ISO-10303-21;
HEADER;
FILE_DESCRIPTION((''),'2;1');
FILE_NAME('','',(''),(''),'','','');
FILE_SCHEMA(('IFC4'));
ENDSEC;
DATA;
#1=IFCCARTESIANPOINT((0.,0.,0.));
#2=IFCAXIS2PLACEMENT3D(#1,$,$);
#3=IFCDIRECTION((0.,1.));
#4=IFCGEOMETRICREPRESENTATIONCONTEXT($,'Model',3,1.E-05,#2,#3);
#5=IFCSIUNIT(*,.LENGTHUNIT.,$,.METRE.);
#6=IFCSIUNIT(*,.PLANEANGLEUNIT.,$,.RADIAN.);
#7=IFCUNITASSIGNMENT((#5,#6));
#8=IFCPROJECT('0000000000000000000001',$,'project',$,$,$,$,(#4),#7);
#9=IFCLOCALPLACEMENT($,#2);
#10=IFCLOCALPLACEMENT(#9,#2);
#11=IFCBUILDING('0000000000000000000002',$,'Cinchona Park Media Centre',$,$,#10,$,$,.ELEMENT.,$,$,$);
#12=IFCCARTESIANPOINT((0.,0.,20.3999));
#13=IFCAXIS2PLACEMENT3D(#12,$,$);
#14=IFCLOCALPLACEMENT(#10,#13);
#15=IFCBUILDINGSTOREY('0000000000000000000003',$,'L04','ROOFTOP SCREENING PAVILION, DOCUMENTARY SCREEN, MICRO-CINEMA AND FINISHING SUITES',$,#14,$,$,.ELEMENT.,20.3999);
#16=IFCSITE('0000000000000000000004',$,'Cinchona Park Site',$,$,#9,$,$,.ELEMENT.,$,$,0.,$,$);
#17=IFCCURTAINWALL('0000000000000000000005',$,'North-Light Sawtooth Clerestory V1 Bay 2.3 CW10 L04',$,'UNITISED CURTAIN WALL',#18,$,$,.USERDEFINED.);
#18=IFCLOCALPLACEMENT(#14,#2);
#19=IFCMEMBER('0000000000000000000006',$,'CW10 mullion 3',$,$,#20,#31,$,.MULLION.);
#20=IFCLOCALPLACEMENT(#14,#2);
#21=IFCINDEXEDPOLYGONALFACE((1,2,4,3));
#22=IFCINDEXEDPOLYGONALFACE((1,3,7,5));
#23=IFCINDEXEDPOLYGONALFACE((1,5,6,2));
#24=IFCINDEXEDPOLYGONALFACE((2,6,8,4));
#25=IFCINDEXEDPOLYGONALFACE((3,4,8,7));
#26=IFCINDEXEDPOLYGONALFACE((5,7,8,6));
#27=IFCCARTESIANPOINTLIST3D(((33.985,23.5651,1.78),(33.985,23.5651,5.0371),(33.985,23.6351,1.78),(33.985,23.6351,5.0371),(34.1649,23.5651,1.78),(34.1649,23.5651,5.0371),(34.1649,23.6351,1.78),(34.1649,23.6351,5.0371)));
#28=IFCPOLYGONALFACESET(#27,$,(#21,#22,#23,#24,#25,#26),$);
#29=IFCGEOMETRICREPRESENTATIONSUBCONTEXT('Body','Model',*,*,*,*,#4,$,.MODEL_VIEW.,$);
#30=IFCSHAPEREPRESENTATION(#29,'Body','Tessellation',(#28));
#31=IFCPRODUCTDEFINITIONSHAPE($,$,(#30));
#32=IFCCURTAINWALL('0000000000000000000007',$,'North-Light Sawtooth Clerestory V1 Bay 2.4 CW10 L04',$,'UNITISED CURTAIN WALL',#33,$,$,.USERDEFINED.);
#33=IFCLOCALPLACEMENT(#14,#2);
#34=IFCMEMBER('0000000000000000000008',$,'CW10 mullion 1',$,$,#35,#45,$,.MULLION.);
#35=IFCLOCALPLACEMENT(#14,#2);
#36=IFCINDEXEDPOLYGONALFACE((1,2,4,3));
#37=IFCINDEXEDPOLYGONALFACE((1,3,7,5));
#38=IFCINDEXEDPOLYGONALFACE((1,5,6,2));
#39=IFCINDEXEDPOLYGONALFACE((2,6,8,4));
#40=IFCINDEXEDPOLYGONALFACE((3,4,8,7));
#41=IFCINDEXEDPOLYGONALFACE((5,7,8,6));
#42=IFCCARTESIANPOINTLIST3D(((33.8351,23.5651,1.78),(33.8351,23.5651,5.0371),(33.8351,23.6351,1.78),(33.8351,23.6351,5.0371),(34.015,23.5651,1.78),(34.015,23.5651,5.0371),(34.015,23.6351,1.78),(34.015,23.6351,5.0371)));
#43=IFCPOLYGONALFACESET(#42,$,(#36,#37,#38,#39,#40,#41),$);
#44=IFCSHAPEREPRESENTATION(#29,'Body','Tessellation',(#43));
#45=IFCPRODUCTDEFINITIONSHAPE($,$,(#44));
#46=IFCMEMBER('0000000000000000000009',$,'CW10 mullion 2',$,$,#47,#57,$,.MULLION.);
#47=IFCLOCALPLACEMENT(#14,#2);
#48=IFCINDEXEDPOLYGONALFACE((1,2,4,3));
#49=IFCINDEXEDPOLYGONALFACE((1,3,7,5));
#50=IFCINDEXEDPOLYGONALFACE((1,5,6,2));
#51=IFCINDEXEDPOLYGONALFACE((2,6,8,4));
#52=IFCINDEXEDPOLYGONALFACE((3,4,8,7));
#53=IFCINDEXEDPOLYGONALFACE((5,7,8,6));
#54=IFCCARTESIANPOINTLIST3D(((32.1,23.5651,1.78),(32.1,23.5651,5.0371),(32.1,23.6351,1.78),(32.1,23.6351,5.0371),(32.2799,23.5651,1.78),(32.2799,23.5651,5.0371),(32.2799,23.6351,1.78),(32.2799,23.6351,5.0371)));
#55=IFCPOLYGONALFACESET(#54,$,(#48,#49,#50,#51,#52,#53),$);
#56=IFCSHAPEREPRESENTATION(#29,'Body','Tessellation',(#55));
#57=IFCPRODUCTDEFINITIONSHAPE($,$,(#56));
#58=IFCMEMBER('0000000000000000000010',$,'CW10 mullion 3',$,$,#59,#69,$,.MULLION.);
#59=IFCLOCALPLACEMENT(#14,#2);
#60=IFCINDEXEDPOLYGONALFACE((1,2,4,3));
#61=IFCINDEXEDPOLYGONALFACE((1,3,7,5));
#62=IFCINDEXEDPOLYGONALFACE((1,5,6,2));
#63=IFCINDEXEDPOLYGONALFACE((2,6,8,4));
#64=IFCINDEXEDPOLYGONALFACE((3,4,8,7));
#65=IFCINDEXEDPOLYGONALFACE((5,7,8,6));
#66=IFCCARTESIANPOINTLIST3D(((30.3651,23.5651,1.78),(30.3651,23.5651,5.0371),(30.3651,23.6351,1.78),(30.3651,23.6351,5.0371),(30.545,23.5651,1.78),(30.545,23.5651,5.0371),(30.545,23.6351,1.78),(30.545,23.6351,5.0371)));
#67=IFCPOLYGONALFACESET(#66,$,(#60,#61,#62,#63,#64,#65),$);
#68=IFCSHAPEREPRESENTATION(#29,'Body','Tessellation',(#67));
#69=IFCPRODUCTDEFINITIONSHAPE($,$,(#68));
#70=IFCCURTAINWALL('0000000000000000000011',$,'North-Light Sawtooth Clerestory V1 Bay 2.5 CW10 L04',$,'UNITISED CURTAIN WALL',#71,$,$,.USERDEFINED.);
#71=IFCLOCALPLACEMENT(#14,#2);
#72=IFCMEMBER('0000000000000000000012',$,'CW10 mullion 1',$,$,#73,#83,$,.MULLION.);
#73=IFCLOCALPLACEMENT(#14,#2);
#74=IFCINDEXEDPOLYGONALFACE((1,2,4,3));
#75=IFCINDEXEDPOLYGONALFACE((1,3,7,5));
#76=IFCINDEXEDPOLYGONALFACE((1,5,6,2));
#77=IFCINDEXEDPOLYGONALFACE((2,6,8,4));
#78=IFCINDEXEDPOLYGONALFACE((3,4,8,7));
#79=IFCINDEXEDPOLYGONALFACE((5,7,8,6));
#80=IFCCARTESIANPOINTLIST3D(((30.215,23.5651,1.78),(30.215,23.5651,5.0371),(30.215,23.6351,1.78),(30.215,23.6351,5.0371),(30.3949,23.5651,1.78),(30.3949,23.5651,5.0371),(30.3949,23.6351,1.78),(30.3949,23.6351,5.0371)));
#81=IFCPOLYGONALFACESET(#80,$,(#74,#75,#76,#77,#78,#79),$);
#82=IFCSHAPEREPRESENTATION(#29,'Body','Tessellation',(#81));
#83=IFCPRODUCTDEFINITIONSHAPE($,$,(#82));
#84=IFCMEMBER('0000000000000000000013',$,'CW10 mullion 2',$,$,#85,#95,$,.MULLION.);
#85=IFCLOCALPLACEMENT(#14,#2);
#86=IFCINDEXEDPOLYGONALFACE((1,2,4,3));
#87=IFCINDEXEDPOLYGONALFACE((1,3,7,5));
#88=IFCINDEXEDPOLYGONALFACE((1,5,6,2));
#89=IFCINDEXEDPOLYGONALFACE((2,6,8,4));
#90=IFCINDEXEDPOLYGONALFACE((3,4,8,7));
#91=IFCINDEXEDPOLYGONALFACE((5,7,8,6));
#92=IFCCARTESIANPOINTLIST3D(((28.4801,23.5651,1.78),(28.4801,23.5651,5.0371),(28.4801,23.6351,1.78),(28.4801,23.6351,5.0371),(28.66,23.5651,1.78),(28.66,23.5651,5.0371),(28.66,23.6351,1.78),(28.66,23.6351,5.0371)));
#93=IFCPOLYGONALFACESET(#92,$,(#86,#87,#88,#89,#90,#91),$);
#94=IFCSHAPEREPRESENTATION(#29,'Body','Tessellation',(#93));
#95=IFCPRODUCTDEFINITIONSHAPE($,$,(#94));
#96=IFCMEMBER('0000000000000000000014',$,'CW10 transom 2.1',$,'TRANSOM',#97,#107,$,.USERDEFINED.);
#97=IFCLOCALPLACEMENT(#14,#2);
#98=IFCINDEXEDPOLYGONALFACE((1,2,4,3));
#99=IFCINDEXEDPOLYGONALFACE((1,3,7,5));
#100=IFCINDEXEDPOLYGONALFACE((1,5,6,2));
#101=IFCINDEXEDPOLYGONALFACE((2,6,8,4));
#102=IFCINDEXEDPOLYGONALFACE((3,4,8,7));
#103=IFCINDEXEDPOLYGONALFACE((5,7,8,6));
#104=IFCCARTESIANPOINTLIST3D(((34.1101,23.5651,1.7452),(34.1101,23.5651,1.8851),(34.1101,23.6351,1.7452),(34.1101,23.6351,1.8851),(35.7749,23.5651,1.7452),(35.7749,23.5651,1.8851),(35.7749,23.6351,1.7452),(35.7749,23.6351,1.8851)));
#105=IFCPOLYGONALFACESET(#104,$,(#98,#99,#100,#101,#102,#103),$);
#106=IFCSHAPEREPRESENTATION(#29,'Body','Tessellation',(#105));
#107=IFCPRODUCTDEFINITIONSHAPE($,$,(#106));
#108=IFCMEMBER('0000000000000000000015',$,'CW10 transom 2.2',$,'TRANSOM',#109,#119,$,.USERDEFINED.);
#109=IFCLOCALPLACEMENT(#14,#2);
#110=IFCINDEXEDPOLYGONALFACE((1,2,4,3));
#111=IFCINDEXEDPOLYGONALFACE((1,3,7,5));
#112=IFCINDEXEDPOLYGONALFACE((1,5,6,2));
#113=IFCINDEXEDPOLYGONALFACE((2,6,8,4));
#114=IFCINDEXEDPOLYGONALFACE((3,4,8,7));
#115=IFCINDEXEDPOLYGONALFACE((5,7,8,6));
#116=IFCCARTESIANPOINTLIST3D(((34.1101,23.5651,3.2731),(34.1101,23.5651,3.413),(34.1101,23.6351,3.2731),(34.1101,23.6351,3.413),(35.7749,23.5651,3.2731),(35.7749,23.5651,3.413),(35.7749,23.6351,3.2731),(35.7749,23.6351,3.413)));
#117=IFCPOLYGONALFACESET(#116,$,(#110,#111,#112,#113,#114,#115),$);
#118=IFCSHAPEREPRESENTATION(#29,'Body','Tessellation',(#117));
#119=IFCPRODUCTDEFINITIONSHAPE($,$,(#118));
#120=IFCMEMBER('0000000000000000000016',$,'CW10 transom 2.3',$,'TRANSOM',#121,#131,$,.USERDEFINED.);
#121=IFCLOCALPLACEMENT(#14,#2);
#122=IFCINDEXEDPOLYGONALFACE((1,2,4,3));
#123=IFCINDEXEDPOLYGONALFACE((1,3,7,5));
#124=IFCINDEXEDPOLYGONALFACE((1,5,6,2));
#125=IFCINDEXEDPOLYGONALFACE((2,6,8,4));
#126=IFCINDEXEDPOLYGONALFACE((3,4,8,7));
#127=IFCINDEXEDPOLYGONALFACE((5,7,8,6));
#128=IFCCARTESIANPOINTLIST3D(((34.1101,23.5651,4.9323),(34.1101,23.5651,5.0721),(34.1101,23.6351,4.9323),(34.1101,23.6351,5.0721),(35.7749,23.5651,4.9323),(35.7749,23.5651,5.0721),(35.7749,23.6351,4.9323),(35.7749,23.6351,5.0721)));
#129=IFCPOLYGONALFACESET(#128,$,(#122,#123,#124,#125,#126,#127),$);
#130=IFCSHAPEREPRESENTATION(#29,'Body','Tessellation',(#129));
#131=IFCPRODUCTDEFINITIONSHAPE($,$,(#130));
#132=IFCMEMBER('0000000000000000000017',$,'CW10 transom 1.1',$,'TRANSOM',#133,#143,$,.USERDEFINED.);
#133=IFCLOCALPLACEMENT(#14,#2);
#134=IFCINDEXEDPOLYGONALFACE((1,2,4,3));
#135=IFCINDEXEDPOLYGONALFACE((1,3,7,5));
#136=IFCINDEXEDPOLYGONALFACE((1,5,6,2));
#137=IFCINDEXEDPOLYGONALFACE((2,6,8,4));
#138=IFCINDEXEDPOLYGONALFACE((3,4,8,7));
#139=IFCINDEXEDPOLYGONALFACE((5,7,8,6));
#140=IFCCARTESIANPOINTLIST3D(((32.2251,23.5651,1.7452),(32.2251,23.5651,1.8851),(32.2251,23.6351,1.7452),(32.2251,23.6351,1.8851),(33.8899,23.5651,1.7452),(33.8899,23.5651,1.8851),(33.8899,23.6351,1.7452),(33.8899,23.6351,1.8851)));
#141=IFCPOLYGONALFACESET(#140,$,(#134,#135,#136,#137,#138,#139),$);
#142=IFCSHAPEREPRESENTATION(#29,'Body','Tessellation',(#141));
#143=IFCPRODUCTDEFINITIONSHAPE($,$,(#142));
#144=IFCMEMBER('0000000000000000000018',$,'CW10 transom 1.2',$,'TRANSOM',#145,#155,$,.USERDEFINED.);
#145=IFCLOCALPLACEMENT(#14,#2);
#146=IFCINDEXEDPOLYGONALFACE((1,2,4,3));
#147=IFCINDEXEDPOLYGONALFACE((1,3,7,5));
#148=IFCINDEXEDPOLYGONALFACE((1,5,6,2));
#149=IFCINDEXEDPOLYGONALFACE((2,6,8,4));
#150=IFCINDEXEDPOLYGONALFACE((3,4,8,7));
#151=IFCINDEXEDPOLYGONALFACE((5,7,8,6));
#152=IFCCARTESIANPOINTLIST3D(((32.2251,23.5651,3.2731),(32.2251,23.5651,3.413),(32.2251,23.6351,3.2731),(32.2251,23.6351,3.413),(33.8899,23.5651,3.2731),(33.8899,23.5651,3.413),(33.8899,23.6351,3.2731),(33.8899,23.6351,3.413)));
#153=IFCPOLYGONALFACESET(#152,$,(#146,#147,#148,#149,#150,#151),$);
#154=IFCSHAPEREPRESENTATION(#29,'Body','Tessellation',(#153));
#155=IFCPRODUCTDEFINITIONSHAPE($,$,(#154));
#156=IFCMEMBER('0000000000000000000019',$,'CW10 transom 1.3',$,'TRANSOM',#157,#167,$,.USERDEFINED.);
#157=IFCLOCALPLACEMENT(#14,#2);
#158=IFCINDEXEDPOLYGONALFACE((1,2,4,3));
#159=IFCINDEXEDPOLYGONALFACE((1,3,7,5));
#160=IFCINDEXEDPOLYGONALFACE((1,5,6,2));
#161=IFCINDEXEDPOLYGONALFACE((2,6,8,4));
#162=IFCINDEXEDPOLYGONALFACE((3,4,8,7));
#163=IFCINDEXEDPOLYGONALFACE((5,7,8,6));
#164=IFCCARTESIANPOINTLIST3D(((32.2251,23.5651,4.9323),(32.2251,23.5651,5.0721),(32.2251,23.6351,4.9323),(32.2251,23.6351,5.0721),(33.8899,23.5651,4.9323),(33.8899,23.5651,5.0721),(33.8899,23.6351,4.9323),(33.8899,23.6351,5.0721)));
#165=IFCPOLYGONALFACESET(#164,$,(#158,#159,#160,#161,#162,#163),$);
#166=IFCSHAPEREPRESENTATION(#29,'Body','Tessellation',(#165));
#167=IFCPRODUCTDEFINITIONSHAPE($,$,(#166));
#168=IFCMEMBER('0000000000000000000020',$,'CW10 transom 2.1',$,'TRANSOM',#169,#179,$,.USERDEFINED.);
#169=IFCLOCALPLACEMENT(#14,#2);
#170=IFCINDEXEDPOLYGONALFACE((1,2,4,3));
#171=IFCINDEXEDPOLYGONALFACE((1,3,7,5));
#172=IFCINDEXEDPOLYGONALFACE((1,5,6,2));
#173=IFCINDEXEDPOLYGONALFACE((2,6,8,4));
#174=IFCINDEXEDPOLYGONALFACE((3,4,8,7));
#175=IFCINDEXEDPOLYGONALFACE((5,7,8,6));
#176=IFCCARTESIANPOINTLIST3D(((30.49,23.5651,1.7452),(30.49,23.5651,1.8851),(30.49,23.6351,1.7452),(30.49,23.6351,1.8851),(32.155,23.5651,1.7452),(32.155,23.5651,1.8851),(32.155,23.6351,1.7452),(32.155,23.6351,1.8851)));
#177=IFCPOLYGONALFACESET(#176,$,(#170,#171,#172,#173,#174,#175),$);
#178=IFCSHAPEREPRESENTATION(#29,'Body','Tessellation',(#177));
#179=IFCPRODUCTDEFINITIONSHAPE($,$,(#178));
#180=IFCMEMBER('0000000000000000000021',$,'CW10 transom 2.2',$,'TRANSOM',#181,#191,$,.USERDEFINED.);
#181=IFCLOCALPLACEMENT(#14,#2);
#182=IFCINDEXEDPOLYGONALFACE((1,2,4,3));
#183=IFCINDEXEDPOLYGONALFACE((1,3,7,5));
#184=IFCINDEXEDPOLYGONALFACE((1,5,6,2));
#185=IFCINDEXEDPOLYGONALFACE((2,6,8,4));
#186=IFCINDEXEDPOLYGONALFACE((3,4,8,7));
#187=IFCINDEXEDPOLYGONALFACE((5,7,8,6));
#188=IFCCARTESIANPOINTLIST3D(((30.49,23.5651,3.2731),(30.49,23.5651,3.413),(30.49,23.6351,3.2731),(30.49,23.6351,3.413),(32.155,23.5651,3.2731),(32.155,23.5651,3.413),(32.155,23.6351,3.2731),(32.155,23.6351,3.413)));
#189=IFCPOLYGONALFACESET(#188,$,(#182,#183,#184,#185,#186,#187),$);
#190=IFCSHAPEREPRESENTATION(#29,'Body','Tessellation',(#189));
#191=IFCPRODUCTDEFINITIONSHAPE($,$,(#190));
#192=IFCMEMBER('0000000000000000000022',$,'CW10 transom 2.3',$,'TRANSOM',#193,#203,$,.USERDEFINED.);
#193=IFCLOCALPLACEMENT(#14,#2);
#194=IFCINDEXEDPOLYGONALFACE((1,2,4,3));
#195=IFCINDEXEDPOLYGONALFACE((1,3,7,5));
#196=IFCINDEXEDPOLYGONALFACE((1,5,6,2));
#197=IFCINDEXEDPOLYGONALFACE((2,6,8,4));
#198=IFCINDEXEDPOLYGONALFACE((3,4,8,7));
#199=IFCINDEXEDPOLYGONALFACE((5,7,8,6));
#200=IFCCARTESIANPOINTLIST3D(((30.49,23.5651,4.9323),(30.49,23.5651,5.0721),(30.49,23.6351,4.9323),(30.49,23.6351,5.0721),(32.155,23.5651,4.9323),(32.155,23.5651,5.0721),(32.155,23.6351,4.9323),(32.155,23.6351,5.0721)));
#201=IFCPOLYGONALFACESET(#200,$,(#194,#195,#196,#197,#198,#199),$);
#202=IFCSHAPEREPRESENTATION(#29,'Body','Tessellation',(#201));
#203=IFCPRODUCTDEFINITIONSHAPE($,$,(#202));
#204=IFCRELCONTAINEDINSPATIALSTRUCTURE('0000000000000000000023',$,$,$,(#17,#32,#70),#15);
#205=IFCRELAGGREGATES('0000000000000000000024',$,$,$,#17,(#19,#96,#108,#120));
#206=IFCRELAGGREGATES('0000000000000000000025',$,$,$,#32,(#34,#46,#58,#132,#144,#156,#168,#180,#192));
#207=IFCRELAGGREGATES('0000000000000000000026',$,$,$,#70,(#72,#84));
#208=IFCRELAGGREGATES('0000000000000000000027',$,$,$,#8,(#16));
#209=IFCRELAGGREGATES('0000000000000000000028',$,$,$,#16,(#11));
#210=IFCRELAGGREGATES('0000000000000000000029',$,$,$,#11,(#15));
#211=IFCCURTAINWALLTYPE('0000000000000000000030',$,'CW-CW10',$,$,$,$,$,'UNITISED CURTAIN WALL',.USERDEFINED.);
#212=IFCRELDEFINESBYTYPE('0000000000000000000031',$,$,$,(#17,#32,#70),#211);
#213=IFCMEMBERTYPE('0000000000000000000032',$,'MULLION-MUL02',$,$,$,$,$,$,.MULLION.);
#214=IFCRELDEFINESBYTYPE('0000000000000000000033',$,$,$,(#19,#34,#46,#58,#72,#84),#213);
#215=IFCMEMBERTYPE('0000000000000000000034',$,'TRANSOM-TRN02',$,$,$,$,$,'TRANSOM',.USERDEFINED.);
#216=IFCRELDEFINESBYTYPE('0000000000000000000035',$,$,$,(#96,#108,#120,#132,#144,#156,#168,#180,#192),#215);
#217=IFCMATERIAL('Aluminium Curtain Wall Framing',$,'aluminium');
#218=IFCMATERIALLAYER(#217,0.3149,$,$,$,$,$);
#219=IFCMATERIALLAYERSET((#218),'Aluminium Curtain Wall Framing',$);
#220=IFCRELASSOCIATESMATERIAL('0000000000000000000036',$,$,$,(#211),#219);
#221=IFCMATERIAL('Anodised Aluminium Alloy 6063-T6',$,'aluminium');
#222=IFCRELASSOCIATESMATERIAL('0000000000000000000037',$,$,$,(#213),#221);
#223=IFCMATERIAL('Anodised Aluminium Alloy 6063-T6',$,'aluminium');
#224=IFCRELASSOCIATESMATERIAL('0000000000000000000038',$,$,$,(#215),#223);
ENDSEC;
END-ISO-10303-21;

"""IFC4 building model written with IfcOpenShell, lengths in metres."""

from ifc_helpers import new_model, si_unit, direction, frame, origin, origin_2d, place, context, subcontext, project, spatial, rectangle, extrude, material, layer, layer_set, material_profile, profile_set, type_object, element, aggregate, save


model = new_model("IFC4")

# Units and contexts
model_context = context("Model", 3, precision=1e-05, world=origin(), true_north=direction((0.0, 1.0)))
body_context = subcontext(model_context, "Body", "Model", "MODEL_VIEW")
ifc_project = project(units=[si_unit("LENGTHUNIT", "METRE"), si_unit("PLANEANGLEUNIT", "RADIAN")], contexts=[model_context])

# Site, building, storey
site_placement = place(None, origin())
site = spatial("IfcSite", under=ifc_project, at=site_placement, Name="Cinchona Park Site", CompositionType="ELEMENT", RefElevation=0.0)
building_placement = place(site_placement, origin())
building = spatial("IfcBuilding", under=site, at=building_placement, Name="Cinchona Park Media Centre", CompositionType="ELEMENT")
storey_placement = place(building_placement, frame((0.0, 0.0, 20.3999)))
storey = spatial("IfcBuildingStorey", under=building, at=storey_placement, Name="L04", Description="ROOFTOP SCREENING PAVILION, DOCUMENTARY SCREEN, MICRO-CINEMA AND FINISHING SUITES", CompositionType="ELEMENT", Elevation=20.3999)

# Curtain wall, member
ifc_material_1 = material(Name="Aluminium Curtain Wall Framing", Category="aluminium")
ifc_layer_1 = layer(ifc_material_1, 0.3149)
ifc_layer_set_1 = layer_set([ifc_layer_1], Name="Aluminium Curtain Wall Framing")
curtain_wall_type = type_object("IfcCurtainWallType", Name="CW-CW10", ElementType="UNITISED CURTAIN WALL", PredefinedType="USERDEFINED", material=ifc_layer_set_1)
curtain_wall_1_placement = place(storey_placement, origin())
curtain_wall_1 = element("IfcCurtainWall", 1, at=curtain_wall_1_placement, inside=storey, type_object=curtain_wall_type, Name="North-Light Sawtooth Clerestory V1 Bay 2.3 CW10 L04", ObjectType="UNITISED CURTAIN WALL", PredefinedType="USERDEFINED")
ifc_material_2 = material(Name="Anodised Aluminium Alloy 6063-T6", Category="aluminium")
ifc_material_profile_1 = material_profile(ifc_material_2, rectangle(XDim=0.0701, YDim=0.1799, at=origin_2d()), Name="MUL-70X180")
ifc_profile_set_1 = profile_set([ifc_material_profile_1], Name="Anodised Aluminium Alloy 6063-T6")
member_type_1 = type_object("IfcMemberType", Name="MULLION-MUL02", PredefinedType="MULLION", material=ifc_profile_set_1)
member_1_placement = place(storey_placement, frame((34.075, 23.6001, 1.78), z_axis=(0.0, 0.0, 1.0), x_axis=(0.0, -1.0, 0.0)))
member_1 = element("IfcMember", 2, at=member_1_placement, type_object=member_type_1, Name="CW10 mullion 3", PredefinedType="MULLION", context=body_context, shape_type="SweptSolid", body=[
    extrude(rectangle(XDim=0.0701, YDim=0.1799, at=origin_2d()), origin(), (0.0, 0.0, 1.0), 3.2571),
])

# Curtain walls, members
curtain_wall_2_placement = place(storey_placement, origin())
curtain_wall_2 = element("IfcCurtainWall", 3, at=curtain_wall_2_placement, inside=storey, type_object=curtain_wall_type, Name="North-Light Sawtooth Clerestory V1 Bay 2.4 CW10 L04", ObjectType="UNITISED CURTAIN WALL", PredefinedType="USERDEFINED")
member_2_placement = place(storey_placement, frame((33.925, 23.6001, 1.78), z_axis=(0.0, 0.0, 1.0), x_axis=(0.0, -1.0, 0.0)))
member_2 = element("IfcMember", 4, at=member_2_placement, type_object=member_type_1, Name="CW10 mullion 1", PredefinedType="MULLION", context=body_context, shape_type="SweptSolid", body=[
    extrude(rectangle(XDim=0.0701, YDim=0.1799, at=origin_2d()), origin(), (0.0, 0.0, 1.0), 3.2571),
])
member_3_placement = place(storey_placement, frame((32.1899, 23.6001, 1.78), z_axis=(0.0, 0.0, 1.0), x_axis=(0.0, -1.0, 0.0)))
member_3 = element("IfcMember", 5, at=member_3_placement, type_object=member_type_1, Name="CW10 mullion 2", PredefinedType="MULLION", context=body_context, shape_type="SweptSolid", body=[
    extrude(rectangle(XDim=0.0701, YDim=0.1799, at=origin_2d()), origin(), (0.0, 0.0, 1.0), 3.2571),
])
member_4_placement = place(storey_placement, frame((30.4551, 23.6001, 1.78), z_axis=(0.0, 0.0, 1.0), x_axis=(0.0, -1.0, 0.0)))
member_4 = element("IfcMember", 6, at=member_4_placement, type_object=member_type_1, Name="CW10 mullion 3", PredefinedType="MULLION", context=body_context, shape_type="SweptSolid", body=[
    extrude(rectangle(XDim=0.0701, YDim=0.1799, at=origin_2d()), origin(), (0.0, 0.0, 1.0), 3.2571),
])
curtain_wall_3_placement = place(storey_placement, origin())
curtain_wall_3 = element("IfcCurtainWall", 7, at=curtain_wall_3_placement, inside=storey, type_object=curtain_wall_type, Name="North-Light Sawtooth Clerestory V1 Bay 2.5 CW10 L04", ObjectType="UNITISED CURTAIN WALL", PredefinedType="USERDEFINED")
member_5_placement = place(storey_placement, frame((30.3049, 23.6001, 1.78), z_axis=(0.0, 0.0, 1.0), x_axis=(0.0, -1.0, 0.0)))
member_5 = element("IfcMember", 8, at=member_5_placement, type_object=member_type_1, Name="CW10 mullion 1", PredefinedType="MULLION", context=body_context, shape_type="SweptSolid", body=[
    extrude(rectangle(XDim=0.0701, YDim=0.1799, at=origin_2d()), origin(), (0.0, 0.0, 1.0), 3.2571),
])
member_6_placement = place(storey_placement, frame((28.5701, 23.6001, 1.78), z_axis=(0.0, 0.0, 1.0), x_axis=(0.0, -1.0, 0.0)))
member_6 = element("IfcMember", 9, at=member_6_placement, type_object=member_type_1, Name="CW10 mullion 2", PredefinedType="MULLION", context=body_context, shape_type="SweptSolid", body=[
    extrude(rectangle(XDim=0.0701, YDim=0.1799, at=origin_2d()), origin(), (0.0, 0.0, 1.0), 3.2571),
])

# Members
ifc_material_3 = material(Name="Anodised Aluminium Alloy 6063-T6", Category="aluminium")
ifc_material_profile_2 = material_profile(ifc_material_3, rectangle(XDim=0.0701, YDim=0.1399, at=origin_2d()), Name="TRN-70X140")
ifc_profile_set_2 = profile_set([ifc_material_profile_2], Name="Anodised Aluminium Alloy 6063-T6")
member_type_2 = type_object("IfcMemberType", Name="TRANSOM-TRN02", ElementType="TRANSOM", PredefinedType="USERDEFINED", material=ifc_profile_set_2)
member_7_placement = place(storey_placement, frame((35.7749, 23.6001, 1.8152), z_axis=(-1.0, 0.0, 0.0), x_axis=(0.0, -1.0, 0.0)))
member_7 = element("IfcMember", 10, at=member_7_placement, type_object=member_type_2, Name="CW10 transom 2.1", ObjectType="TRANSOM", PredefinedType="USERDEFINED", context=body_context, shape_type="SweptSolid", body=[
    extrude(rectangle(XDim=0.0701, YDim=0.1399, at=origin_2d()), origin(), (0.0, 0.0, 1.0), 1.6648),
])
member_8_placement = place(storey_placement, frame((35.7749, 23.6001, 3.343), z_axis=(-1.0, 0.0, 0.0), x_axis=(0.0, -1.0, 0.0)))
member_8 = element("IfcMember", 11, at=member_8_placement, type_object=member_type_2, Name="CW10 transom 2.2", ObjectType="TRANSOM", PredefinedType="USERDEFINED", context=body_context, shape_type="SweptSolid", body=[
    extrude(rectangle(XDim=0.0701, YDim=0.1399, at=origin_2d()), origin(), (0.0, 0.0, 1.0), 1.6648),
])
member_9_placement = place(storey_placement, frame((35.7749, 23.6001, 5.0022), z_axis=(-1.0, 0.0, 0.0), x_axis=(0.0, -1.0, 0.0)))
member_9 = element("IfcMember", 12, at=member_9_placement, type_object=member_type_2, Name="CW10 transom 2.3", ObjectType="TRANSOM", PredefinedType="USERDEFINED", context=body_context, shape_type="SweptSolid", body=[
    extrude(rectangle(XDim=0.0701, YDim=0.1399, at=origin_2d()), origin(), (0.0, 0.0, 1.0), 1.6648),
])
member_10_placement = place(storey_placement, frame((33.8899, 23.6001, 1.8152), z_axis=(-1.0, 0.0, 0.0), x_axis=(0.0, -1.0, 0.0)))
member_10 = element("IfcMember", 13, at=member_10_placement, type_object=member_type_2, Name="CW10 transom 1.1", ObjectType="TRANSOM", PredefinedType="USERDEFINED", context=body_context, shape_type="SweptSolid", body=[
    extrude(rectangle(XDim=0.0701, YDim=0.1399, at=origin_2d()), origin(), (0.0, 0.0, 1.0), 1.6648),
])
member_11_placement = place(storey_placement, frame((33.8899, 23.6001, 3.343), z_axis=(-1.0, 0.0, 0.0), x_axis=(0.0, -1.0, 0.0)))
member_11 = element("IfcMember", 14, at=member_11_placement, type_object=member_type_2, Name="CW10 transom 1.2", ObjectType="TRANSOM", PredefinedType="USERDEFINED", context=body_context, shape_type="SweptSolid", body=[
    extrude(rectangle(XDim=0.0701, YDim=0.1399, at=origin_2d()), origin(), (0.0, 0.0, 1.0), 1.6648),
])
member_12_placement = place(storey_placement, frame((33.8899, 23.6001, 5.0022), z_axis=(-1.0, 0.0, 0.0), x_axis=(0.0, -1.0, 0.0)))
member_12 = element("IfcMember", 15, at=member_12_placement, type_object=member_type_2, Name="CW10 transom 1.3", ObjectType="TRANSOM", PredefinedType="USERDEFINED", context=body_context, shape_type="SweptSolid", body=[
    extrude(rectangle(XDim=0.0701, YDim=0.1399, at=origin_2d()), origin(), (0.0, 0.0, 1.0), 1.6648),
])
member_13_placement = place(storey_placement, frame((32.155, 23.6001, 1.8152), z_axis=(-1.0, 0.0, 0.0), x_axis=(0.0, -1.0, 0.0)))
member_13 = element("IfcMember", 16, at=member_13_placement, type_object=member_type_2, Name="CW10 transom 2.1", ObjectType="TRANSOM", PredefinedType="USERDEFINED", context=body_context, shape_type="SweptSolid", body=[
    extrude(rectangle(XDim=0.0701, YDim=0.1399, at=origin_2d()), origin(), (0.0, 0.0, 1.0), 1.665),
])
member_14_placement = place(storey_placement, frame((32.155, 23.6001, 3.343), z_axis=(-1.0, 0.0, 0.0), x_axis=(0.0, -1.0, 0.0)))
member_14 = element("IfcMember", 17, at=member_14_placement, type_object=member_type_2, Name="CW10 transom 2.2", ObjectType="TRANSOM", PredefinedType="USERDEFINED", context=body_context, shape_type="SweptSolid", body=[
    extrude(rectangle(XDim=0.0701, YDim=0.1399, at=origin_2d()), origin(), (0.0, 0.0, 1.0), 1.665),
])
member_15_placement = place(storey_placement, frame((32.155, 23.6001, 5.0022), z_axis=(-1.0, 0.0, 0.0), x_axis=(0.0, -1.0, 0.0)))
member_15 = element("IfcMember", 18, at=member_15_placement, type_object=member_type_2, Name="CW10 transom 2.3", ObjectType="TRANSOM", PredefinedType="USERDEFINED", context=body_context, shape_type="SweptSolid", body=[
    extrude(rectangle(XDim=0.0701, YDim=0.1399, at=origin_2d()), origin(), (0.0, 0.0, 1.0), 1.665),
])

aggregate(curtain_wall_1, [member_1, member_7, member_8, member_9])
aggregate(curtain_wall_2, [member_2, member_3, member_4, member_10, member_11, member_12, member_13, member_14, member_15])
aggregate(curtain_wall_3, [member_5, member_6])

save(model, "model.ifc")
